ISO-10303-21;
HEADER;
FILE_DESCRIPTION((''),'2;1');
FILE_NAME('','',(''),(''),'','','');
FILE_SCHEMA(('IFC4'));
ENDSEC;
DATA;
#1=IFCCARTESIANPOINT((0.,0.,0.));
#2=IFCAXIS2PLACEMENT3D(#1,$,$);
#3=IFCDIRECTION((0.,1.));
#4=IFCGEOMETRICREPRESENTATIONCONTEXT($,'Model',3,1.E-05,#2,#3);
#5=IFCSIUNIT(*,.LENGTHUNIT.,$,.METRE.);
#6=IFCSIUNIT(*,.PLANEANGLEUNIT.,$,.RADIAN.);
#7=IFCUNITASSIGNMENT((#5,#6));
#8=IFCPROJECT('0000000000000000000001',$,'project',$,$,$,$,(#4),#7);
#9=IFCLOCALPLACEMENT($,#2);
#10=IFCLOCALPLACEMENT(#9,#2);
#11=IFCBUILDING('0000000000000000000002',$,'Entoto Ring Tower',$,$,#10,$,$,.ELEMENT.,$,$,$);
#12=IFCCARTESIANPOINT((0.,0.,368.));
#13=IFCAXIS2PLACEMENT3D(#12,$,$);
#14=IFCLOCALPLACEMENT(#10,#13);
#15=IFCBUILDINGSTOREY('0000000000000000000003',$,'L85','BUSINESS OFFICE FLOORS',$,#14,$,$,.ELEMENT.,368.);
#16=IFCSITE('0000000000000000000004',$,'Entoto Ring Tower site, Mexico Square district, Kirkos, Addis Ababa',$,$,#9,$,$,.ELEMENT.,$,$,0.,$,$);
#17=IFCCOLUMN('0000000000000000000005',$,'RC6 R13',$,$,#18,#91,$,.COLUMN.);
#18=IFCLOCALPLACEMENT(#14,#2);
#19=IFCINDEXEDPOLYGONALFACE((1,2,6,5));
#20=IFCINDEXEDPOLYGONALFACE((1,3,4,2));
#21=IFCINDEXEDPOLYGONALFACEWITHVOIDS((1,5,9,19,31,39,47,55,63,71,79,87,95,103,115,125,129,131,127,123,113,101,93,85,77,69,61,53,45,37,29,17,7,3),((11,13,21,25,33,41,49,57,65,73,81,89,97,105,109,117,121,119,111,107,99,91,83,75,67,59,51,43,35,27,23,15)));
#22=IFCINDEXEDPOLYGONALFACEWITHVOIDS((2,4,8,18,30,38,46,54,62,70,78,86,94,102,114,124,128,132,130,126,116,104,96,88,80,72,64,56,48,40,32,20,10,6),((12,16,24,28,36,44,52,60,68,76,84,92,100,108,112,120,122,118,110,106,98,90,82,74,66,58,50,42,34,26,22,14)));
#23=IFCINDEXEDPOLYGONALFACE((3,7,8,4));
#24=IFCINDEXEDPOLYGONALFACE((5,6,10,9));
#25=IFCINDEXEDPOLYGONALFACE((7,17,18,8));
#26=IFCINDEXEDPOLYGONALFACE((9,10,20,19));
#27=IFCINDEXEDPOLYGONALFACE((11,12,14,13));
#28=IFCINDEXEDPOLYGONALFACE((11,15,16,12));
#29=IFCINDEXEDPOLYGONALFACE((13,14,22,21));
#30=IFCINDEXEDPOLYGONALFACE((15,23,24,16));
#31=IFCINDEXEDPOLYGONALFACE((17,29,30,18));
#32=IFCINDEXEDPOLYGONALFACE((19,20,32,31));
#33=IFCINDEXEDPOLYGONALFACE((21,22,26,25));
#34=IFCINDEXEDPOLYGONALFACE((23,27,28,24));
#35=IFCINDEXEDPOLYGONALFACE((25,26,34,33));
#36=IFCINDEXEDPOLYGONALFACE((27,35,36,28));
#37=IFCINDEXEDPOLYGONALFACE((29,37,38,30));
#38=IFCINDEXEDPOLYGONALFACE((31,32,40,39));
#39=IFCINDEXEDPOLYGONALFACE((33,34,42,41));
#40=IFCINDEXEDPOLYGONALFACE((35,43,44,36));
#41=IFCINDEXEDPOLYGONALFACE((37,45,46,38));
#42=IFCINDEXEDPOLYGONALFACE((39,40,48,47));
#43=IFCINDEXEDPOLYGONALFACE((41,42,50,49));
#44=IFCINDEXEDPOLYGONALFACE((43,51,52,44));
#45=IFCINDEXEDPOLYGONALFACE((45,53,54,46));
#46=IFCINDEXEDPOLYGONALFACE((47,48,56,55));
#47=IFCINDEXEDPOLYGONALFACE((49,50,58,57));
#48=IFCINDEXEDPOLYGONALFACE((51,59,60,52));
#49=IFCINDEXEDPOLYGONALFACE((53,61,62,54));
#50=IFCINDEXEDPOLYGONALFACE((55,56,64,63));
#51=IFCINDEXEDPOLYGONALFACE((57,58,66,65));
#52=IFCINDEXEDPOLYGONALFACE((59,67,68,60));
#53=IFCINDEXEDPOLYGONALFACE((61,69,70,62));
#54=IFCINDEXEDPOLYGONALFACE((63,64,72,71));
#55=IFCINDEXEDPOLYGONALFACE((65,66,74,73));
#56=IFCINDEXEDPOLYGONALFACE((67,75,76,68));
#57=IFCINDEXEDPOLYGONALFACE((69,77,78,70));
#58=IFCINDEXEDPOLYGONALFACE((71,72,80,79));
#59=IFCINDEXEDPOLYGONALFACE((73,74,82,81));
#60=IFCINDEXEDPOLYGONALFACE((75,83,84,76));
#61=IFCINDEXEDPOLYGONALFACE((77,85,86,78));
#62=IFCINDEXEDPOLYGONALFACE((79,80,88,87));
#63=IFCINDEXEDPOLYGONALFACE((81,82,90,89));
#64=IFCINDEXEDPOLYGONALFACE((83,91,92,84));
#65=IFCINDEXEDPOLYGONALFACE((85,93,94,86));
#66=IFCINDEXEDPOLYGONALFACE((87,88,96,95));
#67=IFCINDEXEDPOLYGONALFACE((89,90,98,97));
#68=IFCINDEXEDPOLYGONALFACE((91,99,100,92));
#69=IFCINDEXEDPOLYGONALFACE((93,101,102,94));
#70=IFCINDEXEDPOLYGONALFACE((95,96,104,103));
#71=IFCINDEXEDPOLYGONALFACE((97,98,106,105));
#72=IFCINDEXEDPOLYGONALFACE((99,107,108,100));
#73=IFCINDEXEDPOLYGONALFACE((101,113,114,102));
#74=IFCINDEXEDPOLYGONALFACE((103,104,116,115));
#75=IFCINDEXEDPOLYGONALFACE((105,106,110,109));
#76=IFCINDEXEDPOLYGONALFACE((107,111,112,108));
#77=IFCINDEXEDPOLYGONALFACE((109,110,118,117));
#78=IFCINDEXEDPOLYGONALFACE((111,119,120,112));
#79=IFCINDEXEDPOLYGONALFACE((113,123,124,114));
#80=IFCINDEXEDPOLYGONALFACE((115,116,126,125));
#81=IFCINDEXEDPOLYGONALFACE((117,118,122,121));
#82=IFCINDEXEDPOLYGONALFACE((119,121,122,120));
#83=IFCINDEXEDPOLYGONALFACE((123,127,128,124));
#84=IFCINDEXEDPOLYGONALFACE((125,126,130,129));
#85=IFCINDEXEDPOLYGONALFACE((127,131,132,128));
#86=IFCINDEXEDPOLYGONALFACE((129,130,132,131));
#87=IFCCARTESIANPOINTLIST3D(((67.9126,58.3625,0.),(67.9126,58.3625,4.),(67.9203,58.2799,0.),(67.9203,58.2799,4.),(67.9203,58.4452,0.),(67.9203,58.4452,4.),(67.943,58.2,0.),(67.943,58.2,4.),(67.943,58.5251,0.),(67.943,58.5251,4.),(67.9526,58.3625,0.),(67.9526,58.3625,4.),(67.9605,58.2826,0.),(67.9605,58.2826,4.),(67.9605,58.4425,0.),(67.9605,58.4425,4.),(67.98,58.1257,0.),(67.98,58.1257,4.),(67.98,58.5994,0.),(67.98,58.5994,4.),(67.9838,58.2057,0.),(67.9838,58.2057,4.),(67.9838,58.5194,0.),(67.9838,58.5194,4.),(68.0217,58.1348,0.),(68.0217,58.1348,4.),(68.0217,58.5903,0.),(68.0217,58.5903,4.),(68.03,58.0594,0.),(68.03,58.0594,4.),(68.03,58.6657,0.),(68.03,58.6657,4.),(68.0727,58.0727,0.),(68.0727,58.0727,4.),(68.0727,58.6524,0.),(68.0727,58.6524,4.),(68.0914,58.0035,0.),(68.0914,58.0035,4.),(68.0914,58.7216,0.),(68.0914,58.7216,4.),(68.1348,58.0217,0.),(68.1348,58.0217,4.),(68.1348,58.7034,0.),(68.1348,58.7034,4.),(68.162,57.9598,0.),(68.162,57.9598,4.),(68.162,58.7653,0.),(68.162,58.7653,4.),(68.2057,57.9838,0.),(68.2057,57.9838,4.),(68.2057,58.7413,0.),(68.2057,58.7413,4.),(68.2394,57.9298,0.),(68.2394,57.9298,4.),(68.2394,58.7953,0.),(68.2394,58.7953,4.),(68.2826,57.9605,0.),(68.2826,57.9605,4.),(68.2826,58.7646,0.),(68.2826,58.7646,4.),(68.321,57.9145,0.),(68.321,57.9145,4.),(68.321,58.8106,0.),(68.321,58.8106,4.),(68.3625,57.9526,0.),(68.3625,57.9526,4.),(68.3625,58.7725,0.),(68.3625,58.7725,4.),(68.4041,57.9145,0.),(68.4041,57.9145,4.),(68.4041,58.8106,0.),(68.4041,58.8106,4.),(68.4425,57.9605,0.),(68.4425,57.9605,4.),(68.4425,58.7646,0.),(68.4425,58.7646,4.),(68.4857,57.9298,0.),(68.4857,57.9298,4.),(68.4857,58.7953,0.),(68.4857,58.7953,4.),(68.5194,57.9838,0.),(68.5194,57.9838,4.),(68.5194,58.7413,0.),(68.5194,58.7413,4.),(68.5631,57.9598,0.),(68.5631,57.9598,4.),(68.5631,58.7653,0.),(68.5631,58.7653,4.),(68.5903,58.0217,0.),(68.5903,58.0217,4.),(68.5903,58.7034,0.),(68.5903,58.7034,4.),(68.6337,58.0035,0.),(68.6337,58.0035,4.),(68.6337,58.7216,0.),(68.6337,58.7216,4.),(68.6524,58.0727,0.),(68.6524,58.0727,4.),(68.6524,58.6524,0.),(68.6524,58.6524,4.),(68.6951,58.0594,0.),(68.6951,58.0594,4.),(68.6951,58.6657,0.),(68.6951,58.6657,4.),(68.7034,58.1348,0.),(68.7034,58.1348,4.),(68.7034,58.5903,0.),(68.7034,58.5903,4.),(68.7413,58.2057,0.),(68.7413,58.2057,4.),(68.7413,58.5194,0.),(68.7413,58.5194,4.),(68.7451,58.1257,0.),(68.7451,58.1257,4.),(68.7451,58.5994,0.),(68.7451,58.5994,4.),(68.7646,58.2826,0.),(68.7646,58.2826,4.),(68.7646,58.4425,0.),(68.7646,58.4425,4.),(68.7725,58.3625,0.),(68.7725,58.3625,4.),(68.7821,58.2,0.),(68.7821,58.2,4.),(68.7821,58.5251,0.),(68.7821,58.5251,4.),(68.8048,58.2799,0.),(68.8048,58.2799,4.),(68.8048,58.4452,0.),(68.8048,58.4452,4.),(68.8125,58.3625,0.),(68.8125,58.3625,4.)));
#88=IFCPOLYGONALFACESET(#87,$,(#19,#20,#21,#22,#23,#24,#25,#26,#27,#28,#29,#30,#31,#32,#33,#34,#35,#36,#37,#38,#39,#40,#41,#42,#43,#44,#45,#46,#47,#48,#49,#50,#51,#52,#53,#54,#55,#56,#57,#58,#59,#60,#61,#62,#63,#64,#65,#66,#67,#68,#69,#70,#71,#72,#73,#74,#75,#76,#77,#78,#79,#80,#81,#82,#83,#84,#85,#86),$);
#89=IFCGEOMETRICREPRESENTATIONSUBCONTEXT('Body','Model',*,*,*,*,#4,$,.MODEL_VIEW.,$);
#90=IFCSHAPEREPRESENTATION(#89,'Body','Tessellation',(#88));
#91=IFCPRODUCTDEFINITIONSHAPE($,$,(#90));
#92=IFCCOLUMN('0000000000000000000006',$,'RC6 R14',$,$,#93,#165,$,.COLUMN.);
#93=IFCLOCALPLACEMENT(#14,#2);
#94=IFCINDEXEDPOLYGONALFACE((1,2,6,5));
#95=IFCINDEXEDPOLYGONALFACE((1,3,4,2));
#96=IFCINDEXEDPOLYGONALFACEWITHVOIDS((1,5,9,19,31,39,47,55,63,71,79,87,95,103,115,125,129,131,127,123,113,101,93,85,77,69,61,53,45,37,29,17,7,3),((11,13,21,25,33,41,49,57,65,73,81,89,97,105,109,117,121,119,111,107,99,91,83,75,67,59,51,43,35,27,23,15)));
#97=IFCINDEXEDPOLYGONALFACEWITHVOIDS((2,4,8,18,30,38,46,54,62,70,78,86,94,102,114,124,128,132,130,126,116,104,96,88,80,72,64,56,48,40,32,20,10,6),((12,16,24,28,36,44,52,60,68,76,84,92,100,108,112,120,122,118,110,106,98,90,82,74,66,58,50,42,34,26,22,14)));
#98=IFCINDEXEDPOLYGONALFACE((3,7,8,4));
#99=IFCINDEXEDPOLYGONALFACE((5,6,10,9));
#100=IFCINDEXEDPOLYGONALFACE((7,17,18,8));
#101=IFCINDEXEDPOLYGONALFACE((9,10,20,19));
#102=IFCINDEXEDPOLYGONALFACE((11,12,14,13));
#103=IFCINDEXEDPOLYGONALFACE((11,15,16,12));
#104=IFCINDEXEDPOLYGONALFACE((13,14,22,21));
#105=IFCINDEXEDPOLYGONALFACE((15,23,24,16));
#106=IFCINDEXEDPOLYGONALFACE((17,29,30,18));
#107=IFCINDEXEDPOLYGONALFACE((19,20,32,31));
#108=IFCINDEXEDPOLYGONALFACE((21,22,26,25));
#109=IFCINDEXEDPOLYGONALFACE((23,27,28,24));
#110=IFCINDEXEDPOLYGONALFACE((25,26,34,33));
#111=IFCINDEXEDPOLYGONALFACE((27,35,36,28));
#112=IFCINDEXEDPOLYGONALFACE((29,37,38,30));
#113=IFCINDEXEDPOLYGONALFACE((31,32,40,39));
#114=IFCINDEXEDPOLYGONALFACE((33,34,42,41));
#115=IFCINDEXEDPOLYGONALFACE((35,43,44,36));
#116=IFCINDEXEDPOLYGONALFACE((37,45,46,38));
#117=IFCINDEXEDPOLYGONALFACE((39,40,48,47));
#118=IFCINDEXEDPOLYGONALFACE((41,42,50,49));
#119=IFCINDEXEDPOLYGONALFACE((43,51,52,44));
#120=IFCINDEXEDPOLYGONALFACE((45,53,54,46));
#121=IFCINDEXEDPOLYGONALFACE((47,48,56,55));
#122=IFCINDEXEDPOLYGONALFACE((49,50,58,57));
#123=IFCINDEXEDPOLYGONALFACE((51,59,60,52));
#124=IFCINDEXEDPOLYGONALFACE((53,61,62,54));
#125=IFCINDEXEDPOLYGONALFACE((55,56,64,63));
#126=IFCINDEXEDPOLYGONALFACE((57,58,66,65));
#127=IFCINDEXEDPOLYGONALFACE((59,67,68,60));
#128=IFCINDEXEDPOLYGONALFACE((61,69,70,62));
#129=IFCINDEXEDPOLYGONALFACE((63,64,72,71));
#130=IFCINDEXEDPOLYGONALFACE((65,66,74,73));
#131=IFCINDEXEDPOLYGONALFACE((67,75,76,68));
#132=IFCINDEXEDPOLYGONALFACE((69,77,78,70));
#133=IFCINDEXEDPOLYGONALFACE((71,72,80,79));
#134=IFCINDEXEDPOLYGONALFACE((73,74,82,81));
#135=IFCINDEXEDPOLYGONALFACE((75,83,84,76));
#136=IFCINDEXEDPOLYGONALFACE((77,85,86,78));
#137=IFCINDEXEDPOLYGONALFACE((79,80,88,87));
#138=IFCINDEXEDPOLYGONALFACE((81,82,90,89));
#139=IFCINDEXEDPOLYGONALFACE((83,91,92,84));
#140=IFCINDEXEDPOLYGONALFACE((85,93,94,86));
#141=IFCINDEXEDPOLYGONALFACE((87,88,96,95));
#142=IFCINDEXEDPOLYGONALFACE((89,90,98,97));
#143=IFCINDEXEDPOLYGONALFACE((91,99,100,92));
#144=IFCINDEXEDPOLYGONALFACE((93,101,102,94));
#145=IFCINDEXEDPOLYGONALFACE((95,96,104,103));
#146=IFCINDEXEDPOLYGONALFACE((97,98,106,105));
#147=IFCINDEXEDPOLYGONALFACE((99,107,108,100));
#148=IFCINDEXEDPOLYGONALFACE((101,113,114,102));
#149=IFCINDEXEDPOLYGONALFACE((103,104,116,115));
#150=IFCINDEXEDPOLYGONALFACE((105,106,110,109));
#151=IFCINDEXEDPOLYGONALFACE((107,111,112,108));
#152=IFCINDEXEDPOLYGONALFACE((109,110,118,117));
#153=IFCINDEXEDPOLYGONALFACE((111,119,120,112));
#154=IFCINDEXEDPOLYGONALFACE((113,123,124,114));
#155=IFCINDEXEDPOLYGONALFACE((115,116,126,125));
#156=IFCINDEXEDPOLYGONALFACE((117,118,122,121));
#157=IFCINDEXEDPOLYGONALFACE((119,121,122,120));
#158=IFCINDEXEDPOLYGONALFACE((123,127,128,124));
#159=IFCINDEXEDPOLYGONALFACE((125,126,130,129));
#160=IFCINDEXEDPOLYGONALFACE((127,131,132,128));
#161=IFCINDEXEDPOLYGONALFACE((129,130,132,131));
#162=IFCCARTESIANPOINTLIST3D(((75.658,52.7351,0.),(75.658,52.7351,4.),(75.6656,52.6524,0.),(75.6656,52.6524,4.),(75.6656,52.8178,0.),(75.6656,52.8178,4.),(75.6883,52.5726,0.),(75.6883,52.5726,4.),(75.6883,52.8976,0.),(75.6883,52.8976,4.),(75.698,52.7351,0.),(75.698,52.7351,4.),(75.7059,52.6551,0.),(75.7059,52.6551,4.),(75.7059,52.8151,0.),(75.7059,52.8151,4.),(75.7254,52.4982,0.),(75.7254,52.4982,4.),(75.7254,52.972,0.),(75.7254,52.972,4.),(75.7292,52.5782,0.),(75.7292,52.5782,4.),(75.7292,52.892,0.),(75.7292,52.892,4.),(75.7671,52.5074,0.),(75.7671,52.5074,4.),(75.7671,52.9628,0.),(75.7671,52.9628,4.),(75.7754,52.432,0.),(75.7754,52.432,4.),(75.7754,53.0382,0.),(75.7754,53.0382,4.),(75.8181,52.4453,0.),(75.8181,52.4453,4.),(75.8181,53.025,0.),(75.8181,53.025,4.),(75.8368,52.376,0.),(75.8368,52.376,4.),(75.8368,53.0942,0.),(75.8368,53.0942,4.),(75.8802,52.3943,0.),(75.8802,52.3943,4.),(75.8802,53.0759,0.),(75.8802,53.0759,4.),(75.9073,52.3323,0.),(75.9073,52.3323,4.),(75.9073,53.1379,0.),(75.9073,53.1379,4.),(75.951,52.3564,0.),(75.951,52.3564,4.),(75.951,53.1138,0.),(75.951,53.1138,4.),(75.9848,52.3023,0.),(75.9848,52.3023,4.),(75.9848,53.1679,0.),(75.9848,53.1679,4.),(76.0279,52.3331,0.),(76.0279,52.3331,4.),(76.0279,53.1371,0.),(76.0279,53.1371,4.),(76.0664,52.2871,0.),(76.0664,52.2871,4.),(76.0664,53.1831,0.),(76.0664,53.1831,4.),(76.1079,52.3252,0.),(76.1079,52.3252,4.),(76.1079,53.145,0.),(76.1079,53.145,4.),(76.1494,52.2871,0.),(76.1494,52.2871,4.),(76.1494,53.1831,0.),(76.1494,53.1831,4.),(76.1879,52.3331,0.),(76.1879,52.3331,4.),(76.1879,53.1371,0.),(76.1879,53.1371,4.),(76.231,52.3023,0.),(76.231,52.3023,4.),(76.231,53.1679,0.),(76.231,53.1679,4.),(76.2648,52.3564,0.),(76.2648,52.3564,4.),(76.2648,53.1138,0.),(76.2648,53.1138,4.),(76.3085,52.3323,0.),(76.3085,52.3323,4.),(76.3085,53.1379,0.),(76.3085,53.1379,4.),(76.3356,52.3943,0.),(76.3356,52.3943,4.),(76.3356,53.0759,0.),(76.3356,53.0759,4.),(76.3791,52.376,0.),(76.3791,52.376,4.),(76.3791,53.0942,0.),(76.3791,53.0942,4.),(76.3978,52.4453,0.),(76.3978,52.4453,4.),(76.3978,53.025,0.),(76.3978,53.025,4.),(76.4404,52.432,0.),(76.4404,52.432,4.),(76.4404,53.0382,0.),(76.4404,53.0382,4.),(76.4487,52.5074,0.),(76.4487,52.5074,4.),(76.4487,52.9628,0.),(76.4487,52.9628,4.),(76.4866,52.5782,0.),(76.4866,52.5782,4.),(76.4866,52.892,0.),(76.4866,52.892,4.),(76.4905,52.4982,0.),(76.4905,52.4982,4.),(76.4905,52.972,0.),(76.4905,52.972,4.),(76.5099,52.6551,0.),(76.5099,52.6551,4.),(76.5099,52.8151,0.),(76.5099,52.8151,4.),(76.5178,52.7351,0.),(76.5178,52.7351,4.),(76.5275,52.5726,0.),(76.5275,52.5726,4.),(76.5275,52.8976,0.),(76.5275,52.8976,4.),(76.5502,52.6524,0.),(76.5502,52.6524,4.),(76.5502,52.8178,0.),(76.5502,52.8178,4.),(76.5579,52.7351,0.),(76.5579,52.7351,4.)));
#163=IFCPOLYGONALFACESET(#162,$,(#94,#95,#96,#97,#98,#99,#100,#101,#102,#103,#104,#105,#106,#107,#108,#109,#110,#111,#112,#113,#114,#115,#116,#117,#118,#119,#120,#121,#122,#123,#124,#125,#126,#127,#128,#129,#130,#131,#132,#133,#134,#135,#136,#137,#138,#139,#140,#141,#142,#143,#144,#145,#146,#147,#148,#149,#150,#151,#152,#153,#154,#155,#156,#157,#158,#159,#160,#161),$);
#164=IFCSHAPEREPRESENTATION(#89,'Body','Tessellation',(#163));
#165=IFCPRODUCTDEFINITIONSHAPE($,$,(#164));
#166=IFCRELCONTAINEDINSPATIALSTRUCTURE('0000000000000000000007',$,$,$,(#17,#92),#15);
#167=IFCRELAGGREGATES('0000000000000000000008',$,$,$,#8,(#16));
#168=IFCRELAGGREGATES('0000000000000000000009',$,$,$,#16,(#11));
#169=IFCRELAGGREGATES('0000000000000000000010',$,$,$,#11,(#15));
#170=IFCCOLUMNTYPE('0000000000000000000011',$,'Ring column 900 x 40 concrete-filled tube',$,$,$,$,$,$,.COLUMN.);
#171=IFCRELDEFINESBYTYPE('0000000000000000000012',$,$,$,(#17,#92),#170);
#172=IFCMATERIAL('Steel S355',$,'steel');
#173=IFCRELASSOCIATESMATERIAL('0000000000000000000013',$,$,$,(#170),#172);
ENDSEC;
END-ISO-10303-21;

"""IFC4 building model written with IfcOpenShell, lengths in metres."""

from ifc_helpers import new_model, si_unit, direction, frame, origin, origin_2d, place, context, subcontext, project, spatial, circle, hollow_circle, extrude, material, material_profile, profile_set, type_object, element, save


model = new_model("IFC4")

# Units and contexts
model_context = context("Model", 3, precision=1e-05, world=origin(), true_north=direction((0.0, 1.0)))
body_context = subcontext(model_context, "Body", "Model", "MODEL_VIEW")
ifc_project = project(units=[si_unit("LENGTHUNIT", "METRE"), si_unit("PLANEANGLEUNIT", "RADIAN")], contexts=[model_context])

# Site, building, storey
site_placement = place(None, origin())
site = spatial("IfcSite", under=ifc_project, at=site_placement, Name="Entoto Ring Tower site, Mexico Square district, Kirkos, Addis Ababa", CompositionType="ELEMENT", RefElevation=0.0)
building_placement = place(site_placement, origin())
building = spatial("IfcBuilding", under=site, at=building_placement, Name="Entoto Ring Tower", CompositionType="ELEMENT")
storey_placement = place(building_placement, frame((0.0, 0.0, 368.0)))
storey = spatial("IfcBuildingStorey", under=building, at=storey_placement, Name="L85", Description="BUSINESS OFFICE FLOORS", CompositionType="ELEMENT", Elevation=368.0)

# Columns
ifc_material_1 = material(Name="Steel S355", Category="steel")
ifc_material_profile_1 = material_profile(ifc_material_1, hollow_circle(Radius=0.45, WallThickness=0.04, at=origin_2d()), Name="CHS 900 x 40")
ifc_material_2 = material(Name="Concrete C60/75", Category="concrete")
ifc_material_profile_2 = material_profile(ifc_material_2, circle(Radius=0.4099, at=origin_2d()), Name="Concrete C60/75 infill")
ifc_profile_set_1 = profile_set([ifc_material_profile_1, ifc_material_profile_2], Name="Steel S355")
column_type = type_object("IfcColumnType", Name="Ring column 900 x 40 concrete-filled tube", PredefinedType="COLUMN", material=ifc_profile_set_1)
for number, where, z_axis, x_axis, name in (
    (1, (68.3625, 58.3625, 0.0), (0.0, 0.0, 1.0), (1.0, 0.0, 0.0), "RC6 R13"),
    (2, (76.1079, 52.7351, 0.0), (0.0, 0.0, 1.0), (1.0, 0.0, 0.0), "RC6 R14"),
):
    element("IfcColumn", number, at=place(storey_placement, frame(where, z_axis=z_axis, x_axis=x_axis)), inside=storey, type_object=column_type, Name=name, PredefinedType="COLUMN", context=body_context, shape_type="SweptSolid", body=[
        extrude(hollow_circle(Radius=0.45, WallThickness=0.04, at=origin_2d()), origin(), (0.0, 0.0, 1.0), 4.0),
    ])

save(model, "model.ifc")
